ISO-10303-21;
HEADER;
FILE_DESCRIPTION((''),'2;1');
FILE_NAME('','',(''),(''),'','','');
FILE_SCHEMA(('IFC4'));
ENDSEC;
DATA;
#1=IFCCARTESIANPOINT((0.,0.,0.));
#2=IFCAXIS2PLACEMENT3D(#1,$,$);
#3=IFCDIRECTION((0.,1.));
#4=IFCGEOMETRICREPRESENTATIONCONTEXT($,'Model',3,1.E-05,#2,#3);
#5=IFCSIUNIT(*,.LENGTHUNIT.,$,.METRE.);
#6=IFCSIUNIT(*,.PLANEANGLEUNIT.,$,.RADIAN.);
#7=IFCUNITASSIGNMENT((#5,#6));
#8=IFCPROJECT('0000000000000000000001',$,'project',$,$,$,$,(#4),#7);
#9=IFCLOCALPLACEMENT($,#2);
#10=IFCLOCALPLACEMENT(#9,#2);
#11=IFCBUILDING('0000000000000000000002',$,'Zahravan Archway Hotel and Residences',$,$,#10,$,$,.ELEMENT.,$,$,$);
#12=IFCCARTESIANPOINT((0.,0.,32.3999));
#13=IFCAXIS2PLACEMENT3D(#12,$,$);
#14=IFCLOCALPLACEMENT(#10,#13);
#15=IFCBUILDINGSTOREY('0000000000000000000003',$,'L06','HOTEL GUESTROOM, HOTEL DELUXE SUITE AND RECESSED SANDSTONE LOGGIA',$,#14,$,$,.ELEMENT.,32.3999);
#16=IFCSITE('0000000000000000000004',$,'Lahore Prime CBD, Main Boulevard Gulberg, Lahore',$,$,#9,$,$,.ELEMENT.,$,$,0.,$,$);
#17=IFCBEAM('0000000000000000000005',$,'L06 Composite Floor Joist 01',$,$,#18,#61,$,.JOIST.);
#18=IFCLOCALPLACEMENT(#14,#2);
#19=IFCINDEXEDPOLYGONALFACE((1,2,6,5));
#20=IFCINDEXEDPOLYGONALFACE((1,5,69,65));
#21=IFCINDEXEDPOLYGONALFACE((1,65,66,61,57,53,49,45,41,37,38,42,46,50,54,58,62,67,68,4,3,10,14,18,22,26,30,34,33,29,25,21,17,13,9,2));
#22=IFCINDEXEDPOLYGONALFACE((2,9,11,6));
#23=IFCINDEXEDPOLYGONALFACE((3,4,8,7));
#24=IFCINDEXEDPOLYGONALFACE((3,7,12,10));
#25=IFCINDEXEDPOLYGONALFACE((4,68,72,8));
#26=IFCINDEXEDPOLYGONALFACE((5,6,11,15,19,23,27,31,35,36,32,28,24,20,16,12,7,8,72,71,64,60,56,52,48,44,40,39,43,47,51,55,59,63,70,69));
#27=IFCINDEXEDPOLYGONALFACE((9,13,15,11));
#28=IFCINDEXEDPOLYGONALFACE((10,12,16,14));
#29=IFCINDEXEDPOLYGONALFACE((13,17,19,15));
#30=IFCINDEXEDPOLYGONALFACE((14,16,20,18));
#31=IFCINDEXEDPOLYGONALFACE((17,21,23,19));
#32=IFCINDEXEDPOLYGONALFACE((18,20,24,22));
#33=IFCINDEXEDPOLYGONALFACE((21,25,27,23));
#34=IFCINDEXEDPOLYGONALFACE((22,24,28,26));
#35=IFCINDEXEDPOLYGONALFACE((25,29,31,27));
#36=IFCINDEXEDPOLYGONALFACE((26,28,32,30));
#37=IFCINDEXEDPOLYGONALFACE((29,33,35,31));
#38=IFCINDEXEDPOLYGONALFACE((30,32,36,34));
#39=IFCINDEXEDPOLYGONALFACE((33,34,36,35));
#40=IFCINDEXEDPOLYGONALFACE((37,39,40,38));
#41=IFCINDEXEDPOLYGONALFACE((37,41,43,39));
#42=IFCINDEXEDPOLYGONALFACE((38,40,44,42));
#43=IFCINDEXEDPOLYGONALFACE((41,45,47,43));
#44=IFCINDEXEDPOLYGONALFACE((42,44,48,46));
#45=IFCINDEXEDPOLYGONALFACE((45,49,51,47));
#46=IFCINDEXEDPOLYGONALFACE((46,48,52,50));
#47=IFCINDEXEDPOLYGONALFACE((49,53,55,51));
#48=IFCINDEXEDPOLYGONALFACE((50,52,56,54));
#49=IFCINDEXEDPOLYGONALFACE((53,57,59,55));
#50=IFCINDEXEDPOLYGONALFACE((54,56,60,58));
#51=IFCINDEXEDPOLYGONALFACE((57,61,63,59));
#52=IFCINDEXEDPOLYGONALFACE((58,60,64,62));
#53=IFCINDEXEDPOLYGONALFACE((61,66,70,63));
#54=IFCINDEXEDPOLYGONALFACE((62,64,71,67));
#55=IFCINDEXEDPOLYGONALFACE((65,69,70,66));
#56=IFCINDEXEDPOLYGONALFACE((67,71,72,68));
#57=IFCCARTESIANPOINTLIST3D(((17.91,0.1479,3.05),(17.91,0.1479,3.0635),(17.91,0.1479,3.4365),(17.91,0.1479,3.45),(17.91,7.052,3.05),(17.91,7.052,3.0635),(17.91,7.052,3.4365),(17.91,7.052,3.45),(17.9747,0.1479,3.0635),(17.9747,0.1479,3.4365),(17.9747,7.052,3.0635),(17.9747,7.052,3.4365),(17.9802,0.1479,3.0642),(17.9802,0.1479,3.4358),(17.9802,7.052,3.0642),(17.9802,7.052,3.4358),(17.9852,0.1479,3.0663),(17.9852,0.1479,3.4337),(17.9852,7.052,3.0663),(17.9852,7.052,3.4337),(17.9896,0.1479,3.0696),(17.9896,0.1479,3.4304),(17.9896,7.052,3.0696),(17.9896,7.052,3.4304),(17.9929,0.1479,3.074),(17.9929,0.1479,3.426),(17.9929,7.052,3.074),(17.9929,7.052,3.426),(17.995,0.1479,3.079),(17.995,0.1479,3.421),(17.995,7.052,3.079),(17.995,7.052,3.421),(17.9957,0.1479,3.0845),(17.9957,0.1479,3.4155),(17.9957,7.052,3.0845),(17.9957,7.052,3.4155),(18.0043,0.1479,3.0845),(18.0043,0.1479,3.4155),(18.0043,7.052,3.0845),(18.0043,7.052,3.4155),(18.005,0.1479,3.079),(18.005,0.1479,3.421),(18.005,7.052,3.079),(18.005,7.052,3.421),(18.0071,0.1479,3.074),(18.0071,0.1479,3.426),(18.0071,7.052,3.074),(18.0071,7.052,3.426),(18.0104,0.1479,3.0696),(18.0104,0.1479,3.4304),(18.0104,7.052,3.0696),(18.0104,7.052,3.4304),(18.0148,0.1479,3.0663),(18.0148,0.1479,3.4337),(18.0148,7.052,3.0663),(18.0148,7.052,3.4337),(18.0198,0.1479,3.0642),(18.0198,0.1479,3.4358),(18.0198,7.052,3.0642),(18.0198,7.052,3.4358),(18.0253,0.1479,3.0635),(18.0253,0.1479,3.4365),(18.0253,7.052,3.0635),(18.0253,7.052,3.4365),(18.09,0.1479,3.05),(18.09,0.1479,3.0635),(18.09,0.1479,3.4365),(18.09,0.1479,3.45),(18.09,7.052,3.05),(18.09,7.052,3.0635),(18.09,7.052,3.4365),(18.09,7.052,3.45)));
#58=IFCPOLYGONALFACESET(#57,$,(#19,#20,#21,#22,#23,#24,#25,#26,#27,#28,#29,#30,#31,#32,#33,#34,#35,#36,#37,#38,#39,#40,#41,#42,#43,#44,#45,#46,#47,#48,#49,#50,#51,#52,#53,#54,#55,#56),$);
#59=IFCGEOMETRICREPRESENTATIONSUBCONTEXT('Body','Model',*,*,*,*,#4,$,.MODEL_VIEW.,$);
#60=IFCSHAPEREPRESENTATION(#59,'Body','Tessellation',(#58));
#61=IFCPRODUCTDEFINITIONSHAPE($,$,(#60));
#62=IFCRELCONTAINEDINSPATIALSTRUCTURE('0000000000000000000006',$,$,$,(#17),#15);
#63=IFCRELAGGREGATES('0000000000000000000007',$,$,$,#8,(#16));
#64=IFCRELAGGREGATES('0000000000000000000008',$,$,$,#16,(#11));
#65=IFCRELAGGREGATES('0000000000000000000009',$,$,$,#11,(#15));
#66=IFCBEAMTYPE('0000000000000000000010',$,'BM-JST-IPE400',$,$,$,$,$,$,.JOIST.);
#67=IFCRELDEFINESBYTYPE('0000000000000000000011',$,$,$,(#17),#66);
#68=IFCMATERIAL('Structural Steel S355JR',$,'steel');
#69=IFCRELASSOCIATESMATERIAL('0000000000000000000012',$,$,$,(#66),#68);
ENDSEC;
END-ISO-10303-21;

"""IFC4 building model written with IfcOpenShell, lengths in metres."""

from ifc_helpers import new_model, si_unit, direction, frame, origin, origin_2d, place, context, subcontext, project, spatial, i_section, extrude, source, transform, mapped, material, material_profile, profile_set, type_object, type_shapes, element, save


model = new_model("IFC4")

# Units and contexts
model_context = context("Model", 3, precision=1e-05, world=origin(), true_north=direction((0.0, 1.0)))
body_context = subcontext(model_context, "Body", "Model", "MODEL_VIEW")
ifc_project = project(units=[si_unit("LENGTHUNIT", "METRE"), si_unit("PLANEANGLEUNIT", "RADIAN")], contexts=[model_context])

# Site, building, storey
site_placement = place(None, origin())
site = spatial("IfcSite", under=ifc_project, at=site_placement, Name="Lahore Prime CBD, Main Boulevard Gulberg, Lahore", CompositionType="ELEMENT", RefElevation=0.0)
building_placement = place(site_placement, origin())
building = spatial("IfcBuilding", under=site, at=building_placement, Name="Zahravan Archway Hotel and Residences", CompositionType="ELEMENT")
storey_placement = place(building_placement, frame((0.0, 0.0, 32.3999)))
storey = spatial("IfcBuildingStorey", under=building, at=storey_placement, Name="L06", Description="HOTEL GUESTROOM, HOTEL DELUXE SUITE AND RECESSED SANDSTONE LOGGIA", CompositionType="ELEMENT", Elevation=32.3999)

# Beam
ifc_material_1 = material(Name="Structural Steel S355JR", Category="steel")
ifc_material_profile = material_profile(ifc_material_1, i_section(OverallWidth=0.1799, OverallDepth=0.3999, WebThickness=0.0085, FlangeThickness=0.0134, FilletRadius=0.021, at=origin_2d()), Name="IPE 400", Category="steel")
ifc_profile_set = profile_set([ifc_material_profile], Name="Structural Steel S355JR")
beam_type = type_object("IfcBeamType", Name="BM-JST-IPE400", PredefinedType="JOIST", material=ifc_profile_set)
shared_shape_1 = source(origin(), body_context, "Body", "SweptSolid", [
    extrude(i_section(OverallWidth=0.1799, OverallDepth=0.3999, WebThickness=0.0085, FlangeThickness=0.0134, FilletRadius=0.021, at=origin_2d()), origin(), (0.0, 0.0, 1.0), 6.9041),
])
type_shapes(beam_type, [shared_shape_1])
beam_placement = place(storey_placement, frame((18.0, 0.1479, 3.25), z_axis=(0.0, 1.0, 0.0), x_axis=(-1.0, 0.0, 0.0)))
element("IfcBeam", 1, at=beam_placement, inside=storey, type_object=beam_type, Name="L06 Composite Floor Joist 01", PredefinedType="JOIST", context=body_context, shape_type="MappedRepresentation", body=[
    mapped(shared_shape_1, transform((0.0, 0.0, 0.0), scale=1.0)),
])

save(model, "model.ifc")
